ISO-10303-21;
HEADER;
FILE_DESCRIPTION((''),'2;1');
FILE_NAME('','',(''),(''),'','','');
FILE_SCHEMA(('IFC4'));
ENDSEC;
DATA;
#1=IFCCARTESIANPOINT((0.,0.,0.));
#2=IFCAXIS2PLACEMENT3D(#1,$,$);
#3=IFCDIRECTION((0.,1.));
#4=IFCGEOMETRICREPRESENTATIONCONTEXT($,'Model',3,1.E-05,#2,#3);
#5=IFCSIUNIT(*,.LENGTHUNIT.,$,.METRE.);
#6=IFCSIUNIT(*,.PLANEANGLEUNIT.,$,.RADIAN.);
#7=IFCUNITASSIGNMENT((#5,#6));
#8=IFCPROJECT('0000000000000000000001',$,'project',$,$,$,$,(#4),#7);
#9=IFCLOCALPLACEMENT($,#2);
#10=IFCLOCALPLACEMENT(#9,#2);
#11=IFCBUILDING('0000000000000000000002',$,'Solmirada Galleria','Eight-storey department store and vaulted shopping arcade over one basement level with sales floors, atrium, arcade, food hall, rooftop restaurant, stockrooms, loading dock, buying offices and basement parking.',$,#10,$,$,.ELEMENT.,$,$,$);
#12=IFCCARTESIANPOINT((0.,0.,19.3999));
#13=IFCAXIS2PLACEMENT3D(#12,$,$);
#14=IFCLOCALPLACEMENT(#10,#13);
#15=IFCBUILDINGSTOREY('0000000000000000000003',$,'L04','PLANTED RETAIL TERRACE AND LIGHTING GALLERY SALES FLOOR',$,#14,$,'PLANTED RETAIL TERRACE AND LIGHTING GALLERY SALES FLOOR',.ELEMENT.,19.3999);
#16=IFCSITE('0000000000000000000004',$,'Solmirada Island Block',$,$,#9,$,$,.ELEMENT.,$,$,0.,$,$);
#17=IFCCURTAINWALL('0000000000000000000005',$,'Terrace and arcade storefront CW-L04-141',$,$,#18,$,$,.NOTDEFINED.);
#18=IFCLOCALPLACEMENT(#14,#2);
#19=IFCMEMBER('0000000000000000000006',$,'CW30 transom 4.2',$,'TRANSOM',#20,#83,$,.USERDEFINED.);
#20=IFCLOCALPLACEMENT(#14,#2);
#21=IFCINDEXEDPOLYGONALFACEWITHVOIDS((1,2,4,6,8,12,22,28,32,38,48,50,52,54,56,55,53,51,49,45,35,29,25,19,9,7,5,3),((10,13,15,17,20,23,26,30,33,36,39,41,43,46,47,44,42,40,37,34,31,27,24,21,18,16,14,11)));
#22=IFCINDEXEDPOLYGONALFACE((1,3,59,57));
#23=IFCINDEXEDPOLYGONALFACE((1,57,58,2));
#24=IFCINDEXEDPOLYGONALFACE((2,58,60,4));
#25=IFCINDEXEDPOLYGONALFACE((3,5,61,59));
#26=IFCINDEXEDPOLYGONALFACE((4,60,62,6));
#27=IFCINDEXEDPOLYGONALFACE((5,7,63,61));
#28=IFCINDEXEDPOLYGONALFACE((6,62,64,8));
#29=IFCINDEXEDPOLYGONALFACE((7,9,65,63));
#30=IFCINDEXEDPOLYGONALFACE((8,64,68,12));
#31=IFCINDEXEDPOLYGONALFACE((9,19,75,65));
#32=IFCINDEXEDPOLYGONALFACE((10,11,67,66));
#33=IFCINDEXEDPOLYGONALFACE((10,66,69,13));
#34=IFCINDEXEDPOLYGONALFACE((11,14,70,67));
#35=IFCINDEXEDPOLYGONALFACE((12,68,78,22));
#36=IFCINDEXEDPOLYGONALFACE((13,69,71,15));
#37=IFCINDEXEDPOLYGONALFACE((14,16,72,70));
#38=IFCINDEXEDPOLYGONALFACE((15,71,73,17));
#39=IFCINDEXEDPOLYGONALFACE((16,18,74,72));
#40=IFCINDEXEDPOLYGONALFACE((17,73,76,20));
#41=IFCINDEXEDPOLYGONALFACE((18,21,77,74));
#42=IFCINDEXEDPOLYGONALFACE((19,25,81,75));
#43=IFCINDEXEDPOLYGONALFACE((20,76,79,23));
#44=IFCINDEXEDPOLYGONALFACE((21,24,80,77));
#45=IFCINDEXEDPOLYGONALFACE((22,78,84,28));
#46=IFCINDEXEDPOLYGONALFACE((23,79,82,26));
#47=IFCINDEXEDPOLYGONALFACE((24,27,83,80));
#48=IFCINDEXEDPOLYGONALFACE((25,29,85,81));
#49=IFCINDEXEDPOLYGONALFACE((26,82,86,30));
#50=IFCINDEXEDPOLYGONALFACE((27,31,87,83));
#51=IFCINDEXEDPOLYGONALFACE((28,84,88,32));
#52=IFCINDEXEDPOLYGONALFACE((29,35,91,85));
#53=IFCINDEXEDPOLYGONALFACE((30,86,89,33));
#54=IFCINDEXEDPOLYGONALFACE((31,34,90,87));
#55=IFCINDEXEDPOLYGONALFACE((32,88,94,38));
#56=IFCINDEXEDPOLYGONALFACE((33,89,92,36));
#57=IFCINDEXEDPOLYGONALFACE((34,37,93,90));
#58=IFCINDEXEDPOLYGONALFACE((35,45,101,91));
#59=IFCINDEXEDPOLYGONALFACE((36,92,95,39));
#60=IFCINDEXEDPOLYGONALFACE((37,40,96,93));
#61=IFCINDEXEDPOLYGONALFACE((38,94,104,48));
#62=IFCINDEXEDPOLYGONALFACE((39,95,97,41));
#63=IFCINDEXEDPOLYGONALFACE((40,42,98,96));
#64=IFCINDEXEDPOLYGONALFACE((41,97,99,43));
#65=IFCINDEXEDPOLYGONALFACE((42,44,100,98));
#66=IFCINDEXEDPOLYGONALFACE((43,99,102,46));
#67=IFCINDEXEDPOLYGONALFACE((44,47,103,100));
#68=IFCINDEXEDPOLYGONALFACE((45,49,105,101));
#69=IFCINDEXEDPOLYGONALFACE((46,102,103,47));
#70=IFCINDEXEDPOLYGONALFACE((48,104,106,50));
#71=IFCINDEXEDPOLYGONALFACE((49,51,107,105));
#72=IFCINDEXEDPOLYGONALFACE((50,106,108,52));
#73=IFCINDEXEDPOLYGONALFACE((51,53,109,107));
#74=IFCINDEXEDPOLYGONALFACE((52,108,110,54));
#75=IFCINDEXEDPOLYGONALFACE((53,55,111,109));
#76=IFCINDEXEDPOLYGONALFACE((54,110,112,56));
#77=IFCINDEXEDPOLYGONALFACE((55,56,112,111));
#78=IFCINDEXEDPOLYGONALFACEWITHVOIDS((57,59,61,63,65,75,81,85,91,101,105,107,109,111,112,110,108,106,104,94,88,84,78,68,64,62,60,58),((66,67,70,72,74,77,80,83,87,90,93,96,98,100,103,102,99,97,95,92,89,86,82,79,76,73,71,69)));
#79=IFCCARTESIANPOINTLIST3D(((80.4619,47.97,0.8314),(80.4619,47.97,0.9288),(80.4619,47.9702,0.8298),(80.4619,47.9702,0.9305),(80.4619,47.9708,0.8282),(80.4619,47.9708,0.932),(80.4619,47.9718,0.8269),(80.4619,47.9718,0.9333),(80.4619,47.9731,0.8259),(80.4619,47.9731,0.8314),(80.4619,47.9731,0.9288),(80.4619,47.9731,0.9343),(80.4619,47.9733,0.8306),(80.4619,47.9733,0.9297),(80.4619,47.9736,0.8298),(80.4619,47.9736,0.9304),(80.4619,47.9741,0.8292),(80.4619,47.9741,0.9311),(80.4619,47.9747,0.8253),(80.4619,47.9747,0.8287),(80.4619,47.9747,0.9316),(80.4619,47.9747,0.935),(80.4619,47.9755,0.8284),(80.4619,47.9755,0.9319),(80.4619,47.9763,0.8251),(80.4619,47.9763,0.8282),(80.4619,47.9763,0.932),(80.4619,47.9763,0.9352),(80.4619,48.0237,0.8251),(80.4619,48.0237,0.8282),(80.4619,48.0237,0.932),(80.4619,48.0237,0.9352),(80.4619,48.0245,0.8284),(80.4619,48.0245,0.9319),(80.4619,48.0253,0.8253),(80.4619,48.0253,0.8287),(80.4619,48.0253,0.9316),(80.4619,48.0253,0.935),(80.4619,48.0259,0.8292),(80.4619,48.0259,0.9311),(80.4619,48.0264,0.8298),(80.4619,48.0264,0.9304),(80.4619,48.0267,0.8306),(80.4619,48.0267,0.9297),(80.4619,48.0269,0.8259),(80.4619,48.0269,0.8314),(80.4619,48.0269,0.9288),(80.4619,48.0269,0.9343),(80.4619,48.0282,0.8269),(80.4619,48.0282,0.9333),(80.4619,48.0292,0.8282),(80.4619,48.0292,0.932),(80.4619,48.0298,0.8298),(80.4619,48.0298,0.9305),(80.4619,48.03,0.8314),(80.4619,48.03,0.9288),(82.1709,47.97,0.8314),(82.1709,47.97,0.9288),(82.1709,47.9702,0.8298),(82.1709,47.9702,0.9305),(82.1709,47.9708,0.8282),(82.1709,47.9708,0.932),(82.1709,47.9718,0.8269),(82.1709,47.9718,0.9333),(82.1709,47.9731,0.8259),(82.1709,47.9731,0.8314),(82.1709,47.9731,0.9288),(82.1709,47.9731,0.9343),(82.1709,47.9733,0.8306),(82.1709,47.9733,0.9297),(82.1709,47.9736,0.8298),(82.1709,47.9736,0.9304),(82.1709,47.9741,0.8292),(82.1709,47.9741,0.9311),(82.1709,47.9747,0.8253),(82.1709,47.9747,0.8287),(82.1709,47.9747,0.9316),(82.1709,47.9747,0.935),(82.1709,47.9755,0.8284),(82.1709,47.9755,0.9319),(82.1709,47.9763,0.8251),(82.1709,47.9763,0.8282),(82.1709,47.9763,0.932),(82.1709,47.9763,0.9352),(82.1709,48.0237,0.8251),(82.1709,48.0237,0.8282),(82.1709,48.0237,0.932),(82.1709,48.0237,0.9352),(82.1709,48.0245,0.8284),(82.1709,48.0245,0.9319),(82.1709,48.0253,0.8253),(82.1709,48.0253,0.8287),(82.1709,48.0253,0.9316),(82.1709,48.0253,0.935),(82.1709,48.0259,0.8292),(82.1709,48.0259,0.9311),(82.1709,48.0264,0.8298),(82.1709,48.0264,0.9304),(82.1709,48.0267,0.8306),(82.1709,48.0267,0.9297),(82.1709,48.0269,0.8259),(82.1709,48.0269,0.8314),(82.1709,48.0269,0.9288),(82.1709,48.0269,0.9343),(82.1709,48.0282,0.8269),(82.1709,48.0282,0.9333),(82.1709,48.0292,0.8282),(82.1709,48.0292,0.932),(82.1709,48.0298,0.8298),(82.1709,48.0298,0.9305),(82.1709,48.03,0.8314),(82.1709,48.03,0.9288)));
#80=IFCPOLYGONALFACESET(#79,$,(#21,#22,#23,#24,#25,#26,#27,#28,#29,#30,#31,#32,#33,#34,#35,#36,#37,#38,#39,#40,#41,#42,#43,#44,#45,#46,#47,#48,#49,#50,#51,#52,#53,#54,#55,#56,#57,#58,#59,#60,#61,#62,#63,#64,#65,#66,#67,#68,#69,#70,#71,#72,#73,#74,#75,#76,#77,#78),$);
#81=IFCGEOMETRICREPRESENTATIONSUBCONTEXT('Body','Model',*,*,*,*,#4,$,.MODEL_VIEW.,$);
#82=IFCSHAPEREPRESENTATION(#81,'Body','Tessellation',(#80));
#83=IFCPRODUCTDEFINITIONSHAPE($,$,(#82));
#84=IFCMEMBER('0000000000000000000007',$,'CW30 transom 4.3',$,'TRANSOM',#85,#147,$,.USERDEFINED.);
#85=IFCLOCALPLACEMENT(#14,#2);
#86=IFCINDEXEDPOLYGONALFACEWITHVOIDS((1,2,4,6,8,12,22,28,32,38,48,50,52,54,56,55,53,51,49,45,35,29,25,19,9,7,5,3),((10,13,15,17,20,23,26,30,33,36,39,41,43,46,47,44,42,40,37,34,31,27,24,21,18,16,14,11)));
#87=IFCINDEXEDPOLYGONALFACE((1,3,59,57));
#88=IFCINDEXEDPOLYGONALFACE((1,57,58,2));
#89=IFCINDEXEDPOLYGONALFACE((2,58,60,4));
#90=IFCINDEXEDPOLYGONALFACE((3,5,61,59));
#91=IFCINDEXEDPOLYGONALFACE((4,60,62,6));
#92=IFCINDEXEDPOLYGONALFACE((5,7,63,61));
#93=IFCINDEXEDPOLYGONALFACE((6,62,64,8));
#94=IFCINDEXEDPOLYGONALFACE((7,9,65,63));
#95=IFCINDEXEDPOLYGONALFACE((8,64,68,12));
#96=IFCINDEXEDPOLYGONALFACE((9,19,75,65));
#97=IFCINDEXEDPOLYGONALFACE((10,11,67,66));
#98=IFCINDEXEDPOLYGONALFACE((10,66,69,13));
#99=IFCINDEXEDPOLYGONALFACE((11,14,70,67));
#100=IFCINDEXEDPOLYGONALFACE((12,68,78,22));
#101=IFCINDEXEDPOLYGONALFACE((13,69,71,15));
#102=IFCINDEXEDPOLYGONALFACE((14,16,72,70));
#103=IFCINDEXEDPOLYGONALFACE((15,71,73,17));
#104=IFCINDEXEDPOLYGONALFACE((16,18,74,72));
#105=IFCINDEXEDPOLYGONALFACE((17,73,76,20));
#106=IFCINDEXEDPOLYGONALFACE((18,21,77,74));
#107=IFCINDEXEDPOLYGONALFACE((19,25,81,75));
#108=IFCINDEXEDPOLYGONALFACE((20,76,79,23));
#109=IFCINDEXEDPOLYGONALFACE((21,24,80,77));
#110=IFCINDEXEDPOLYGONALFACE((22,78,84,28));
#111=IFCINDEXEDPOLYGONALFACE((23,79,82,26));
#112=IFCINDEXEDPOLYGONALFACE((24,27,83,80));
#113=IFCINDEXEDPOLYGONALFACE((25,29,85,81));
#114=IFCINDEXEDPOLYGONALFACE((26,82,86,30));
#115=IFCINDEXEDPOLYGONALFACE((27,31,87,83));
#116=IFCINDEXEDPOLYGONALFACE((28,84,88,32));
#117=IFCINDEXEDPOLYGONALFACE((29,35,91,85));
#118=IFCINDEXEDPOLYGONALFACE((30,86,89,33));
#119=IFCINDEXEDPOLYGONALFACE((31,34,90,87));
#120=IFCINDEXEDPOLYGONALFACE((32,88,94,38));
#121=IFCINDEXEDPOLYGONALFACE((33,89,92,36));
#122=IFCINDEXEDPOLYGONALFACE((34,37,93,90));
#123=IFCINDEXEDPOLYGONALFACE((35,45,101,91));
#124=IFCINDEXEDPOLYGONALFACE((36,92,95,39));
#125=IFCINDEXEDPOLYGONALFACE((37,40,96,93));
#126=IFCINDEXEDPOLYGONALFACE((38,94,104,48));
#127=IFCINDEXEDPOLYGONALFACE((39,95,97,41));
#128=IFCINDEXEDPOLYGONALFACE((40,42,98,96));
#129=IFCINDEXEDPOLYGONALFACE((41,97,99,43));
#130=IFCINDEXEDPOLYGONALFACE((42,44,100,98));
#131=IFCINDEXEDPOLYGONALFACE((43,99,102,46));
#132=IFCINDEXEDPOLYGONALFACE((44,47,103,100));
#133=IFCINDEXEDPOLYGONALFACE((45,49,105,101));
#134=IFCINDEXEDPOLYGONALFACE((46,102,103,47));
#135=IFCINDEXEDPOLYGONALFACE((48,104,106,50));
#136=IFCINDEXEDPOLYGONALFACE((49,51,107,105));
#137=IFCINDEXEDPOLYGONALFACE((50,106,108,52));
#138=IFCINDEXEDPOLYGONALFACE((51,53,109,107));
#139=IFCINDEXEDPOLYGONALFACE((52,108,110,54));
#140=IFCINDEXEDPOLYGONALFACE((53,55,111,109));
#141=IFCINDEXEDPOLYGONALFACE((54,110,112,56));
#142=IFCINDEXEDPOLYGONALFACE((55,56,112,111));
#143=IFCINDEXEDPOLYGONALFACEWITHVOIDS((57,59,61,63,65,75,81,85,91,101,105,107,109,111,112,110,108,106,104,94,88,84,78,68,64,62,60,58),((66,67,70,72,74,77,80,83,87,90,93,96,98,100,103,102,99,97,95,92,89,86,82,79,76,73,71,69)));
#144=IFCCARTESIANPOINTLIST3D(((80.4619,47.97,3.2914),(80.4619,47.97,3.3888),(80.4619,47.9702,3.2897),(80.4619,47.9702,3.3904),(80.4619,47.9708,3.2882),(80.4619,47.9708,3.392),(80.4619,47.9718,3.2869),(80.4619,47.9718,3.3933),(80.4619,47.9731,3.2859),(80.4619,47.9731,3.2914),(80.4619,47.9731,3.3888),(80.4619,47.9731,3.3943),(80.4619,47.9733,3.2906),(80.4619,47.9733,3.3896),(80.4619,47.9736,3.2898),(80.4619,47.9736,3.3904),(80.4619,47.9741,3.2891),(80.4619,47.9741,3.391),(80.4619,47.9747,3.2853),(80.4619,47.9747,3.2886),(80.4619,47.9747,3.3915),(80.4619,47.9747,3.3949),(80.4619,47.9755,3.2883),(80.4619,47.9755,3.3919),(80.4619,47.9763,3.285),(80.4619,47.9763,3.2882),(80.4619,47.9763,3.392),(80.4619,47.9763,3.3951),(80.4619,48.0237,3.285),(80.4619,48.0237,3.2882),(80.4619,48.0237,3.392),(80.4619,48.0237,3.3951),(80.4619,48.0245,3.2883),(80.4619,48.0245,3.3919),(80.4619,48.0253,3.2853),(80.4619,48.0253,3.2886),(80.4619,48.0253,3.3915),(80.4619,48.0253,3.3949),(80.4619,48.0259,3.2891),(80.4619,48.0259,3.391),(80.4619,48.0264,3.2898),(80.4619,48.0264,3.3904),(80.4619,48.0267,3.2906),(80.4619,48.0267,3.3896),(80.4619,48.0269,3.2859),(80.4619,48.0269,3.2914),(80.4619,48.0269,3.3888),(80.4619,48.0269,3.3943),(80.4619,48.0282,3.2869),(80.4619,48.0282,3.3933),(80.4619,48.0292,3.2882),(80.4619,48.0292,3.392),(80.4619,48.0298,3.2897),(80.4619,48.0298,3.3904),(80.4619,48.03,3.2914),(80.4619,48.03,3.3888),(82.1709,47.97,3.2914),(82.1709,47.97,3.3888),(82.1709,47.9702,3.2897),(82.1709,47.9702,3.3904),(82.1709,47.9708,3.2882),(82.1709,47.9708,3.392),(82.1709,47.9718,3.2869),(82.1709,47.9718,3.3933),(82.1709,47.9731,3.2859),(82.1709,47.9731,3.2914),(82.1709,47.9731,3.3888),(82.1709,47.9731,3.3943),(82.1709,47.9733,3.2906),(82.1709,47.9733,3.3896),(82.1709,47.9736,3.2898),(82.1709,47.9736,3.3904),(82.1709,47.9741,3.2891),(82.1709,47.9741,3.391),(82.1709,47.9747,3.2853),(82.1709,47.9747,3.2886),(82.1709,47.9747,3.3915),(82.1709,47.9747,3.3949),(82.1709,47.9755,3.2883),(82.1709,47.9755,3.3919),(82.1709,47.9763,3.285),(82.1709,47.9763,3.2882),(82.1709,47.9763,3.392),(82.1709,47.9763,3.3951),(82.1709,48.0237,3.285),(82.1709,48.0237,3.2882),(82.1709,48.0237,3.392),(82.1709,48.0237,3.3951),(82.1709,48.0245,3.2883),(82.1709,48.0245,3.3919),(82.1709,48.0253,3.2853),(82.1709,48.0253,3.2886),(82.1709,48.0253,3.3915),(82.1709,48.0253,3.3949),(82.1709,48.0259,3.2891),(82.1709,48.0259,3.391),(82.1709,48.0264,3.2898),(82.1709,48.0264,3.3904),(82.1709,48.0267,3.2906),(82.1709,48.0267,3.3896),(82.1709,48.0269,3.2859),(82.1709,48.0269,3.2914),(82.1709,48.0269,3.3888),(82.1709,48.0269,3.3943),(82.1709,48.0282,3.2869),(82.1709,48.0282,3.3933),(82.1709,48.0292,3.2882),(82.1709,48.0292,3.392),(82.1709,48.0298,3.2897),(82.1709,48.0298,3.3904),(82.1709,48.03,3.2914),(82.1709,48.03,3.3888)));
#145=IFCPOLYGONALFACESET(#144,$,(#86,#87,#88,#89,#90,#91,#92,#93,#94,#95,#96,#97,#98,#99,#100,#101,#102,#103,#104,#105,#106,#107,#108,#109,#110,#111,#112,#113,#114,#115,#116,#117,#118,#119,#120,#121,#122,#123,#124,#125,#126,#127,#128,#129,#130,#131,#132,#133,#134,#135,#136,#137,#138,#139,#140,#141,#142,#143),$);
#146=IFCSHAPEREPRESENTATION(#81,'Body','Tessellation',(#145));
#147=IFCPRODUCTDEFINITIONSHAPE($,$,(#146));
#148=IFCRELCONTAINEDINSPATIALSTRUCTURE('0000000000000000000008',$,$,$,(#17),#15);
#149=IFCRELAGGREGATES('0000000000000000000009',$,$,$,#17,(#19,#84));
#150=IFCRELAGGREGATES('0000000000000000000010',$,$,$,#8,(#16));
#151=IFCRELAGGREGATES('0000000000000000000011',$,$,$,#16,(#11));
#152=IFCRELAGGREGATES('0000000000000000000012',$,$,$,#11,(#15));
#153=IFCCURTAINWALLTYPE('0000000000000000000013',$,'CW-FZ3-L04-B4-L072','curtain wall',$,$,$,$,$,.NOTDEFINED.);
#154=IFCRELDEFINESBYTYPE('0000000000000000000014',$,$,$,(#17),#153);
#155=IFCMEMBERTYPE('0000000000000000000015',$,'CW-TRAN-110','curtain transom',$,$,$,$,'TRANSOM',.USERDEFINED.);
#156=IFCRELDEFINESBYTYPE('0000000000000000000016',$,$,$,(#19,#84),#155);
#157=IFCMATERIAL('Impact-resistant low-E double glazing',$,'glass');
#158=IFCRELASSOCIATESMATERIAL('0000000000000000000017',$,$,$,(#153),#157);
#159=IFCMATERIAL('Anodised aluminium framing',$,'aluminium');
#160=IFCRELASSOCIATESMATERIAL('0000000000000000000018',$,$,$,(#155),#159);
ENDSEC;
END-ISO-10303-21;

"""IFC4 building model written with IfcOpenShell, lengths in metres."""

from ifc_helpers import new_model, si_unit, direction, frame, origin, origin_2d, place, context, subcontext, project, spatial, hollow_rectangle, extrude, material, material_profile, profile_set, type_object, element, aggregate, save


model = new_model("IFC4")

# Units and contexts
model_context = context("Model", 3, precision=1e-05, world=origin(), true_north=direction((0.0, 1.0)))
body_context = subcontext(model_context, "Body", "Model", "MODEL_VIEW")
ifc_project = project(units=[si_unit("LENGTHUNIT", "METRE"), si_unit("PLANEANGLEUNIT", "RADIAN")], contexts=[model_context])

# Site, building, storey
site_placement = place(None, origin())
site = spatial("IfcSite", under=ifc_project, at=site_placement, Name="Solmirada Island Block", CompositionType="ELEMENT", RefElevation=0.0)
building_placement = place(site_placement, origin())
building = spatial("IfcBuilding", under=site, at=building_placement, Name="Solmirada Galleria", Description="Eight-storey department store and vaulted shopping arcade over one basement level with sales floors, atrium, arcade, food hall, rooftop restaurant, stockrooms, loading dock, buying offices and basement parking.", CompositionType="ELEMENT")
storey_placement = place(building_placement, frame((0.0, 0.0, 19.3999)))
storey = spatial("IfcBuildingStorey", under=building, at=storey_placement, Name="L04", Description="PLANTED RETAIL TERRACE AND LIGHTING GALLERY SALES FLOOR", LongName="PLANTED RETAIL TERRACE AND LIGHTING GALLERY SALES FLOOR", CompositionType="ELEMENT", Elevation=19.3999)

# Curtain wall, members
ifc_material_1 = material(Name="Impact-resistant low-E double glazing", Category="glass")
curtain_wall_type = type_object("IfcCurtainWallType", Name="CW-FZ3-L04-B4-L072", Description="curtain wall", PredefinedType="NOTDEFINED", material=ifc_material_1)
curtain_wall_placement = place(storey_placement, origin())
curtain_wall = element("IfcCurtainWall", 1, at=curtain_wall_placement, inside=storey, type_object=curtain_wall_type, Name="Terrace and arcade storefront CW-L04-141", PredefinedType="NOTDEFINED")
ifc_material_2 = material(Name="Anodised aluminium framing", Category="aluminium")
ifc_material_profile_1 = material_profile(ifc_material_2, hollow_rectangle(XDim=0.0601, YDim=0.1101, WallThickness=0.0032, InnerFilletRadius=0.0032, OuterFilletRadius=0.0063, at=origin_2d()), Name="ALU-TRAN-110X60")
ifc_profile_set_1 = profile_set([ifc_material_profile_1], Name="Anodised aluminium framing")
member_type_1 = type_object("IfcMemberType", Name="CW-TRAN-110", Description="curtain transom", ElementType="TRANSOM", PredefinedType="USERDEFINED", material=ifc_profile_set_1)
member_1_placement = place(storey_placement, frame((82.1709, 48.0, 0.8801), z_axis=(-1.0, 0.0, 0.0), x_axis=(0.0, -1.0, 0.0)))
member_1 = element("IfcMember", 2, at=member_1_placement, type_object=member_type_1, Name="CW30 transom 4.2", ObjectType="TRANSOM", PredefinedType="USERDEFINED", context=body_context, shape_type="SweptSolid", body=[
    extrude(hollow_rectangle(XDim=0.0601, YDim=0.1101, WallThickness=0.0032, InnerFilletRadius=0.0032, OuterFilletRadius=0.0063, at=origin_2d()), origin(), (0.0, 0.0, 1.0), 1.709),
])
member_2_placement = place(storey_placement, frame((82.1709, 48.0, 3.3401), z_axis=(-1.0, 0.0, 0.0), x_axis=(0.0, -1.0, 0.0)))
member_2 = element("IfcMember", 3, at=member_2_placement, type_object=member_type_1, Name="CW30 transom 4.3", ObjectType="TRANSOM", PredefinedType="USERDEFINED", context=body_context, shape_type="SweptSolid", body=[
    extrude(hollow_rectangle(XDim=0.0601, YDim=0.1101, WallThickness=0.0032, InnerFilletRadius=0.0032, OuterFilletRadius=0.0063, at=origin_2d()), origin(), (0.0, 0.0, 1.0), 1.709),
])
aggregate(curtain_wall, [member_1, member_2])

save(model, "model.ifc")
